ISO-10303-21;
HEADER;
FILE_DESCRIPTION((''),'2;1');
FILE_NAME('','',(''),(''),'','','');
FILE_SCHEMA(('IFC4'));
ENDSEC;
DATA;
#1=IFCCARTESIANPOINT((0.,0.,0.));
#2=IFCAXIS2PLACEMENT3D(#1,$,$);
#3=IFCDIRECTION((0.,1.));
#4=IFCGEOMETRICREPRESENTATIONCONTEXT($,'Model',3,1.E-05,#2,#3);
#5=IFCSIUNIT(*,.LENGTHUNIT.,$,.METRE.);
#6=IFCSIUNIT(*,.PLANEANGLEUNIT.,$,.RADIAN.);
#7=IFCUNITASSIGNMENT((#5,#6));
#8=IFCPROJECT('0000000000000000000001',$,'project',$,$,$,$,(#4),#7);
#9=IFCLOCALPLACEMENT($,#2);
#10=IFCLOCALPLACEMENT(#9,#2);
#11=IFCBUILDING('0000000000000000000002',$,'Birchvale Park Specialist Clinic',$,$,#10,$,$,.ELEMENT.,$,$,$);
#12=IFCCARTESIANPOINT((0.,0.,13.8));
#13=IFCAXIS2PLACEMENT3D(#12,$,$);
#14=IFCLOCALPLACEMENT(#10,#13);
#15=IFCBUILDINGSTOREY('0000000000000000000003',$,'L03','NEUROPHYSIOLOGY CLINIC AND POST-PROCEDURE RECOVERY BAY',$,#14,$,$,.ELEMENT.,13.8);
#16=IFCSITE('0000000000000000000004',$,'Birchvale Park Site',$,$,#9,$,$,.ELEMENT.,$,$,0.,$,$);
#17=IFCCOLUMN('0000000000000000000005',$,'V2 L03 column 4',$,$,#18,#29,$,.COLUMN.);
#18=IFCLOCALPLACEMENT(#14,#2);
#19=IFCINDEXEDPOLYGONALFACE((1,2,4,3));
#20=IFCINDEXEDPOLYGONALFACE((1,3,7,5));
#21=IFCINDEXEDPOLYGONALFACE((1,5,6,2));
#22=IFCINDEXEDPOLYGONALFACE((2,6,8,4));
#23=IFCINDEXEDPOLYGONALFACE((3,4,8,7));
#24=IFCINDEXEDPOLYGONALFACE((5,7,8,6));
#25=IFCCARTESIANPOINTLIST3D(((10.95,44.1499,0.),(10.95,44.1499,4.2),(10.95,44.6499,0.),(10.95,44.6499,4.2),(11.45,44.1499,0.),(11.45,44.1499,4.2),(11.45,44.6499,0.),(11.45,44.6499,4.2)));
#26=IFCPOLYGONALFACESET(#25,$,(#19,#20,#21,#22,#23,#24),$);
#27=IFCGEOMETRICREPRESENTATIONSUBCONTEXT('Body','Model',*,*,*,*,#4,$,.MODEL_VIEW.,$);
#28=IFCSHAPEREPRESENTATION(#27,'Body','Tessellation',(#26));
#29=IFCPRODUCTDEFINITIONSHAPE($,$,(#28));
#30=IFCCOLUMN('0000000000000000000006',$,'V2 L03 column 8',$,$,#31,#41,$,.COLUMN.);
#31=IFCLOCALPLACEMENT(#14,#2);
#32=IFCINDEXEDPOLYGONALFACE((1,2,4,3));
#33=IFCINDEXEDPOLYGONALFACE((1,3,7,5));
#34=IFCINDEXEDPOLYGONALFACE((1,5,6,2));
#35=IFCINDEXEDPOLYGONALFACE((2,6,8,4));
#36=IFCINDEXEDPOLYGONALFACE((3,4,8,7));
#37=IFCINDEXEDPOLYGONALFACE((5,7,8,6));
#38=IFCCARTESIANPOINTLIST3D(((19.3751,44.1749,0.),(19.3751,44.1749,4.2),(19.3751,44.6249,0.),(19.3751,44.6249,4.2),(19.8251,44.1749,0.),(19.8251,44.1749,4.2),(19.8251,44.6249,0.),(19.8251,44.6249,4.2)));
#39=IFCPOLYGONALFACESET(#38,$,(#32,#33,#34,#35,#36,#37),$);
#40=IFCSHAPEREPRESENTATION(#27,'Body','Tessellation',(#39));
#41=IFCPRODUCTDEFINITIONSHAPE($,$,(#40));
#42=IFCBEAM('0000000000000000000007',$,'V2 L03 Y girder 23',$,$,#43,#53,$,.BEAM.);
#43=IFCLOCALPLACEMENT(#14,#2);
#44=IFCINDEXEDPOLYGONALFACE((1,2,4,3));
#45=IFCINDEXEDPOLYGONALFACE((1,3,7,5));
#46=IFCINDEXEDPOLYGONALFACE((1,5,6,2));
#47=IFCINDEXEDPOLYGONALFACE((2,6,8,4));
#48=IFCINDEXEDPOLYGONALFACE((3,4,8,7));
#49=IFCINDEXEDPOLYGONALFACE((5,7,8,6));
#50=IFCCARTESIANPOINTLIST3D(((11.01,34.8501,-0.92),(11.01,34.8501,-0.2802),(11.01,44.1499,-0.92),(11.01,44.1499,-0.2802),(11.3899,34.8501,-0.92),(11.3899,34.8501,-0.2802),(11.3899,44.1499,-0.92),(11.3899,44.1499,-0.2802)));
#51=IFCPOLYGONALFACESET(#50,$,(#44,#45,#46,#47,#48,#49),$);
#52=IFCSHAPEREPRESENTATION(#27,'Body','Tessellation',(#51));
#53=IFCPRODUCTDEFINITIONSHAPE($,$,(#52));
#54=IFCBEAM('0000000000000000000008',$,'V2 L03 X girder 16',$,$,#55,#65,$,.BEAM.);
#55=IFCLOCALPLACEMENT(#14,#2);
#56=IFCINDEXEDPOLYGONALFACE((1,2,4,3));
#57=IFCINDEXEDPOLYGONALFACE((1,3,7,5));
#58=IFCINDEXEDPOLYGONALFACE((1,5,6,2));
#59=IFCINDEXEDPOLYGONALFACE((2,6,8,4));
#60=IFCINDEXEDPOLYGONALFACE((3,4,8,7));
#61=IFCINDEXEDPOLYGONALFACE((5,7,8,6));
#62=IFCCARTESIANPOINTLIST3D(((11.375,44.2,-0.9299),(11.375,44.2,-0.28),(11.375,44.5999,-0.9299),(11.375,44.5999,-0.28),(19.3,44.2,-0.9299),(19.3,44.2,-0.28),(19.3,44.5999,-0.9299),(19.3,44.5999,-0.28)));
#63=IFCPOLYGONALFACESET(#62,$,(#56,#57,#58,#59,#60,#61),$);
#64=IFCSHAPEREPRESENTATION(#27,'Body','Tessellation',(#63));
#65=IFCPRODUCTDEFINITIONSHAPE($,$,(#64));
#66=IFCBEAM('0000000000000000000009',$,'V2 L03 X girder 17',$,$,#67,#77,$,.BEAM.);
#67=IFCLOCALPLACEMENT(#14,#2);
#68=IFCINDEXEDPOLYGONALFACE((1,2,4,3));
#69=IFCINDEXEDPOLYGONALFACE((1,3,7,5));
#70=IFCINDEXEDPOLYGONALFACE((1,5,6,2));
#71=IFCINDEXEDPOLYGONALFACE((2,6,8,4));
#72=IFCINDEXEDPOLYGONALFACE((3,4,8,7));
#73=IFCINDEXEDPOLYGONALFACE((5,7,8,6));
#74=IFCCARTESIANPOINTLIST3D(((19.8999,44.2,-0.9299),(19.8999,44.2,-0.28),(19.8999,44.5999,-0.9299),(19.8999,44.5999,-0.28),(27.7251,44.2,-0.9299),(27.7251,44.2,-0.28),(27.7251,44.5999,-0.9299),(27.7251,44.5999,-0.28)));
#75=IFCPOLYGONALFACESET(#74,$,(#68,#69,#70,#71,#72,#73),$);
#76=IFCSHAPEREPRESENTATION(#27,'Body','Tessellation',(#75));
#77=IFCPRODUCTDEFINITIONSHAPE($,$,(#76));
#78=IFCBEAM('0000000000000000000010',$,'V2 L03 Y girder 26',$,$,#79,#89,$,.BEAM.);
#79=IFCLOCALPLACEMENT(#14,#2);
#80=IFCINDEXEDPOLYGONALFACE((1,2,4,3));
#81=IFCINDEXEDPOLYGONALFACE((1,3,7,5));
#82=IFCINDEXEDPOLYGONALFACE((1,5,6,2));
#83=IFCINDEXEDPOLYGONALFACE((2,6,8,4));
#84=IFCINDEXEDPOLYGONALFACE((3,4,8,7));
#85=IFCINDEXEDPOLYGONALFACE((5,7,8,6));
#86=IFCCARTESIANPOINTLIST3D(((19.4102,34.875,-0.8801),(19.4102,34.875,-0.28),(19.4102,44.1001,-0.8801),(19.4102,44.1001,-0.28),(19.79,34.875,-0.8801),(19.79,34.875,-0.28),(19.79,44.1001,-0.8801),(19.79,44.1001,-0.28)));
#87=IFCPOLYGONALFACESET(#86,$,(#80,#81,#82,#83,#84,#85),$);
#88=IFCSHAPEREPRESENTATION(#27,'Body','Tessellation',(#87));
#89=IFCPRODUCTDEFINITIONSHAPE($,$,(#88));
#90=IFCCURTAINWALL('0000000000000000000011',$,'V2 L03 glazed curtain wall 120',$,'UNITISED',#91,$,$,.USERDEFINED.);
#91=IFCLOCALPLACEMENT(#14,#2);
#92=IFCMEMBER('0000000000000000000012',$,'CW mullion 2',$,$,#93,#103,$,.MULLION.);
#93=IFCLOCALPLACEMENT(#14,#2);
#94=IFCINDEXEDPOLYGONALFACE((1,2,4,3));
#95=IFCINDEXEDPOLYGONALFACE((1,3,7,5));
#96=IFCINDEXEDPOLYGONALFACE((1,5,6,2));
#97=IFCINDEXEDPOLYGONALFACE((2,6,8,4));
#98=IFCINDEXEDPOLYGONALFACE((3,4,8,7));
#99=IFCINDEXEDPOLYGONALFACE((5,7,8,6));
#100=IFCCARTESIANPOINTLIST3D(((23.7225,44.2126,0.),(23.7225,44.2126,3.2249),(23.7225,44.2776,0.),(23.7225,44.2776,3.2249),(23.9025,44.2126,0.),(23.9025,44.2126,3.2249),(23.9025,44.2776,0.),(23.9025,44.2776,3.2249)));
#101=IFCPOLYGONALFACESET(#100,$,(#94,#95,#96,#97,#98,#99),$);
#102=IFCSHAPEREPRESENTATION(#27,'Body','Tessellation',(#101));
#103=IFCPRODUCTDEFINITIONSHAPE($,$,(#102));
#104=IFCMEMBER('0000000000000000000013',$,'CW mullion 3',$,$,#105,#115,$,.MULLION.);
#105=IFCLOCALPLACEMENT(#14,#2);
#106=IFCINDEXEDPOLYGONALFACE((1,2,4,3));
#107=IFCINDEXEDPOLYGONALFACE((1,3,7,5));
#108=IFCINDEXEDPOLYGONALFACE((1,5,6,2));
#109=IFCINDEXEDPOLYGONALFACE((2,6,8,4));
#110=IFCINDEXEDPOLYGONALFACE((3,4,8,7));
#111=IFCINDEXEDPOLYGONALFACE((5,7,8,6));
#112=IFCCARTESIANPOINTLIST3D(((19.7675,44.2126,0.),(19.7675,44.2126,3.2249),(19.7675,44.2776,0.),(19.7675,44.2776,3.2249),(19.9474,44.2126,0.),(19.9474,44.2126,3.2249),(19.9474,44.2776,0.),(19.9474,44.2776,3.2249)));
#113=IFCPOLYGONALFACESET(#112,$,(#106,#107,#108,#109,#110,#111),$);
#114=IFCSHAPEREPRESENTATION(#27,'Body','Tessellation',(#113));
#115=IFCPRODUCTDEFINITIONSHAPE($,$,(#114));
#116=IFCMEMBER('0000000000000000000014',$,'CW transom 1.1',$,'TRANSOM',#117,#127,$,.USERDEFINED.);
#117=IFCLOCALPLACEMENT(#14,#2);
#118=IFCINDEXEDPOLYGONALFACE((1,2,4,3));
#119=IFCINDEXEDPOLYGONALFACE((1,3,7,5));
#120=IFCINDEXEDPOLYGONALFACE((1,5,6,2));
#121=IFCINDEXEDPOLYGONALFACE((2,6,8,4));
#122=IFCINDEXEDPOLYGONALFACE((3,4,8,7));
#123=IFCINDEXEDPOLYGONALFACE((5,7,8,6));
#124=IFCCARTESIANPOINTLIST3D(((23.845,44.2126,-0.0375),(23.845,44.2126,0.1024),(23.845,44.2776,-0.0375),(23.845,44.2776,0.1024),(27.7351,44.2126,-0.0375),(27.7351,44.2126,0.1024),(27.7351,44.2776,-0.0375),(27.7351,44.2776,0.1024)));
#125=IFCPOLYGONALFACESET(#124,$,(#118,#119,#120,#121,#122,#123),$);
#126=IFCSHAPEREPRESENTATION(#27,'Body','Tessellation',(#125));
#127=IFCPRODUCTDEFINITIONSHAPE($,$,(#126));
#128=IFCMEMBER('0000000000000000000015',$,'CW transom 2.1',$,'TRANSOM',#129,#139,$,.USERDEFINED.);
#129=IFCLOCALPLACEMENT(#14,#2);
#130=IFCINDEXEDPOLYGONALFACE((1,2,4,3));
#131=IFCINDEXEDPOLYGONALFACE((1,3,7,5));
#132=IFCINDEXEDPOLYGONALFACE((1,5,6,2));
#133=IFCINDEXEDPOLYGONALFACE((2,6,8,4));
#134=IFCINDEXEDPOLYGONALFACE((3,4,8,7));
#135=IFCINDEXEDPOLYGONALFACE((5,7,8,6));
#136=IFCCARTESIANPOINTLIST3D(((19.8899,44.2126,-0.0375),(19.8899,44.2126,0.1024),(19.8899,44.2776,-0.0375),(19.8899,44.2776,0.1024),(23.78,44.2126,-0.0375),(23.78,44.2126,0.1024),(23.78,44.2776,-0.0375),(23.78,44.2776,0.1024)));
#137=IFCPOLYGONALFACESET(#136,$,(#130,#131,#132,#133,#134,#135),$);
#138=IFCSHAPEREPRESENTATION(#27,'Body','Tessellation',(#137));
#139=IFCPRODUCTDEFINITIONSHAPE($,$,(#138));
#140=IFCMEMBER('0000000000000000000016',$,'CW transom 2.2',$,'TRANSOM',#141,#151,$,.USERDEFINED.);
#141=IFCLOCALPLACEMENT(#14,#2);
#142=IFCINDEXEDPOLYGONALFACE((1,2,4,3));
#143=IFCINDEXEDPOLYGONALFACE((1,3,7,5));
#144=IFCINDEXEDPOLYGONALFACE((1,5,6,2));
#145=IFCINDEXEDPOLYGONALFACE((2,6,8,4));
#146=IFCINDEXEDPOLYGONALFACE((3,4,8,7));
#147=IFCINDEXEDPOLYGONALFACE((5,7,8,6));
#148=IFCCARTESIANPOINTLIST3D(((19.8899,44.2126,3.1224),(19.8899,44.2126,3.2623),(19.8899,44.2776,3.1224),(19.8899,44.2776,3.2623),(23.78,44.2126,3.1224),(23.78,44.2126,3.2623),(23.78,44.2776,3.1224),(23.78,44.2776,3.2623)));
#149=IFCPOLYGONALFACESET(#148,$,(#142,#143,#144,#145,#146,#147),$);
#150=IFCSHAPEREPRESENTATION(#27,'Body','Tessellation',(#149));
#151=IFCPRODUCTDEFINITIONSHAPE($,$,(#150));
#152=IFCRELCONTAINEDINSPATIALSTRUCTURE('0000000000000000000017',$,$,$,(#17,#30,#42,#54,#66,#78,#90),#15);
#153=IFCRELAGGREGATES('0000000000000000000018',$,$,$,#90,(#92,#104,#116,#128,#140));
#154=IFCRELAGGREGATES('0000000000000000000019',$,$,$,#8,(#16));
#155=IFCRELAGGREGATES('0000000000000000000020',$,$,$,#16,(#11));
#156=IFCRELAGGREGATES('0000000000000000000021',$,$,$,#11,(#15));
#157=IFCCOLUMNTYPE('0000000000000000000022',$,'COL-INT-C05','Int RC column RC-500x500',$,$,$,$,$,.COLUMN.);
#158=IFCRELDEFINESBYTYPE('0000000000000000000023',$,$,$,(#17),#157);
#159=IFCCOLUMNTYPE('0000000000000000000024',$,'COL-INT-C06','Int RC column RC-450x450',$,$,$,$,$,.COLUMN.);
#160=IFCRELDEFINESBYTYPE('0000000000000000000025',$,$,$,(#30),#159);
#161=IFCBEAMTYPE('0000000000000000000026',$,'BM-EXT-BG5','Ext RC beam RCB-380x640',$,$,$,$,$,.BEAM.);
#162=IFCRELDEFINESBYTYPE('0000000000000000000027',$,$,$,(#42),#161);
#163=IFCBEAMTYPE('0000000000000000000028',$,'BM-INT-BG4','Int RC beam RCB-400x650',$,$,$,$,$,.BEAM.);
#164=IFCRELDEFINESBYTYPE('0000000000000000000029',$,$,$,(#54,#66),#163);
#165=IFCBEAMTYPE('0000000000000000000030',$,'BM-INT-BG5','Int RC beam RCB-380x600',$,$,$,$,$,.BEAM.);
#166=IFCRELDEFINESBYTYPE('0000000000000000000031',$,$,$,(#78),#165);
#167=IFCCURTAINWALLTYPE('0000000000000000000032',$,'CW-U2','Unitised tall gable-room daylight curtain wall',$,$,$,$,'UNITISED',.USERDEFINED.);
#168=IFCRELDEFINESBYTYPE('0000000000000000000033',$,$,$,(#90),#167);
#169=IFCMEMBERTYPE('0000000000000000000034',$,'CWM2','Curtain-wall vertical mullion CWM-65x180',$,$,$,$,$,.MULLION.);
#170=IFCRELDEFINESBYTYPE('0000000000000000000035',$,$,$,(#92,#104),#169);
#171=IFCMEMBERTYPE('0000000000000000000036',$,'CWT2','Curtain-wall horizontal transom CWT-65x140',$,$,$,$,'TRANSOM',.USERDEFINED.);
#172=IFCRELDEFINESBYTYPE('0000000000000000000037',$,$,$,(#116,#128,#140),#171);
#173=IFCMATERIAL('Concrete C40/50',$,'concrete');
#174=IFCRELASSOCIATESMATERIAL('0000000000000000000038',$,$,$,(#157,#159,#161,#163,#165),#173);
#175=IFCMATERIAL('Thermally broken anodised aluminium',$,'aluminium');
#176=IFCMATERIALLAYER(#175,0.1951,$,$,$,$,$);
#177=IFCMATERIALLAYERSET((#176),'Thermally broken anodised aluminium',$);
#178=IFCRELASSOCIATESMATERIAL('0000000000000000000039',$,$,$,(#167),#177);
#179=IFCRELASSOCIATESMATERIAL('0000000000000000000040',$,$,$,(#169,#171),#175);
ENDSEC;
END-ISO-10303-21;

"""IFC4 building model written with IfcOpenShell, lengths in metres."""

from ifc_helpers import new_model, si_unit, direction, frame, origin, origin_2d, place, context, subcontext, project, spatial, rectangle, extrude, material, layer, layer_set, material_profile, profile_set, type_object, element, aggregate, save


model = new_model("IFC4")

# Units and contexts
model_context = context("Model", 3, precision=1e-05, world=origin(), true_north=direction((0.0, 1.0)))
body_context = subcontext(model_context, "Body", "Model", "MODEL_VIEW")
ifc_project = project(units=[si_unit("LENGTHUNIT", "METRE"), si_unit("PLANEANGLEUNIT", "RADIAN")], contexts=[model_context])

# Site, building, storey
site_placement = place(None, origin())
site = spatial("IfcSite", under=ifc_project, at=site_placement, Name="Birchvale Park Site", CompositionType="ELEMENT", RefElevation=0.0)
building_placement = place(site_placement, origin())
building = spatial("IfcBuilding", under=site, at=building_placement, Name="Birchvale Park Specialist Clinic", CompositionType="ELEMENT")
storey_placement = place(building_placement, frame((0.0, 0.0, 13.8)))
storey = spatial("IfcBuildingStorey", under=building, at=storey_placement, Name="L03", Description="NEUROPHYSIOLOGY CLINIC AND POST-PROCEDURE RECOVERY BAY", CompositionType="ELEMENT", Elevation=13.8)

# Columns
ifc_material_1 = material(Name="Concrete C40/50", Category="concrete")
ifc_material_profile_1 = material_profile(ifc_material_1, rectangle(XDim=0.5, YDim=0.5, at=origin_2d()), Name="RC-500x500")
ifc_profile_set_1 = profile_set([ifc_material_profile_1], Name="Concrete C40/50")
column_type_1 = type_object("IfcColumnType", Name="COL-INT-C05", Description="Int RC column RC-500x500", PredefinedType="COLUMN", material=ifc_profile_set_1)
column_1_placement = place(storey_placement, frame((11.2, 44.3999, 0.0), z_axis=(0.0, 0.0, 1.0), x_axis=(1.0, 0.0, 0.0)))
element("IfcColumn", 1, at=column_1_placement, inside=storey, type_object=column_type_1, Name="V2 L03 column 4", PredefinedType="COLUMN", context=body_context, shape_type="SweptSolid", body=[
    extrude(rectangle(XDim=0.5, YDim=0.5, at=origin_2d()), origin(), (0.0, 0.0, 1.0), 4.2),
])
ifc_material_profile_2 = material_profile(ifc_material_1, rectangle(XDim=0.45, YDim=0.45, at=origin_2d()), Name="RC-450x450")
ifc_profile_set_2 = profile_set([ifc_material_profile_2], Name="Concrete C40/50")
column_type_2 = type_object("IfcColumnType", Name="COL-INT-C06", Description="Int RC column RC-450x450", PredefinedType="COLUMN", material=ifc_profile_set_2)
column_2_placement = place(storey_placement, frame((19.6001, 44.3999, 0.0), z_axis=(0.0, 0.0, 1.0), x_axis=(1.0, 0.0, 0.0)))
element("IfcColumn", 2, at=column_2_placement, inside=storey, type_object=column_type_2, Name="V2 L03 column 8", PredefinedType="COLUMN", context=body_context, shape_type="SweptSolid", body=[
    extrude(rectangle(XDim=0.45, YDim=0.45, at=origin_2d()), origin(), (0.0, 0.0, 1.0), 4.2),
])

# Beams
ifc_material_profile_3 = material_profile(ifc_material_1, rectangle(XDim=0.3799, YDim=0.6399, at=origin_2d()), Name="RCB-380x640")
ifc_profile_set_3 = profile_set([ifc_material_profile_3], Name="Concrete C40/50")
beam_type_1 = type_object("IfcBeamType", Name="BM-EXT-BG5", Description="Ext RC beam RCB-380x640", PredefinedType="BEAM", material=ifc_profile_set_3)
beam_1_placement = place(storey_placement, frame((11.2, 34.8501, -0.6001), z_axis=(0.0, 1.0, 0.0), x_axis=(-1.0, 0.0, 0.0)))
element("IfcBeam", 3, at=beam_1_placement, inside=storey, type_object=beam_type_1, Name="V2 L03 Y girder 23", PredefinedType="BEAM", context=body_context, shape_type="SweptSolid", body=[
    extrude(rectangle(XDim=0.3799, YDim=0.6399, at=origin_2d()), origin(), (0.0, 0.0, 1.0), 9.2998),
])
ifc_material_profile_4 = material_profile(ifc_material_1, rectangle(XDim=0.3999, YDim=0.6499, at=origin_2d()), Name="RCB-400x650")
ifc_profile_set_4 = profile_set([ifc_material_profile_4], Name="Concrete C40/50")
beam_type_2 = type_object("IfcBeamType", Name="BM-INT-BG4", Description="Int RC beam RCB-400x650", PredefinedType="BEAM", material=ifc_profile_set_4)
beam_2_placement = place(storey_placement, frame((11.375, 44.3999, -0.605), z_axis=(1.0, 0.0, 0.0), x_axis=(0.0, 1.0, 0.0)))
element("IfcBeam", 4, at=beam_2_placement, inside=storey, type_object=beam_type_2, Name="V2 L03 X girder 16", PredefinedType="BEAM", context=body_context, shape_type="SweptSolid", body=[
    extrude(rectangle(XDim=0.3999, YDim=0.6499, at=origin_2d()), origin(), (0.0, 0.0, 1.0), 7.925),
])
beam_3_placement = place(storey_placement, frame((19.8999, 44.3999, -0.605), z_axis=(1.0, 0.0, 0.0), x_axis=(0.0, 1.0, 0.0)))
element("IfcBeam", 5, at=beam_3_placement, inside=storey, type_object=beam_type_2, Name="V2 L03 X girder 17", PredefinedType="BEAM", context=body_context, shape_type="SweptSolid", body=[
    extrude(rectangle(XDim=0.3999, YDim=0.6499, at=origin_2d()), origin(), (0.0, 0.0, 1.0), 7.8252),
])
ifc_material_profile_5 = material_profile(ifc_material_1, rectangle(XDim=0.3799, YDim=0.6001, at=origin_2d()), Name="RCB-380x600")
ifc_profile_set_5 = profile_set([ifc_material_profile_5], Name="Concrete C40/50")
beam_type_3 = type_object("IfcBeamType", Name="BM-INT-BG5", Description="Int RC beam RCB-380x600", PredefinedType="BEAM", material=ifc_profile_set_5)
beam_4_placement = place(storey_placement, frame((19.6001, 34.875, -0.5801), z_axis=(0.0, 1.0, 0.0), x_axis=(-1.0, 0.0, 0.0)))
element("IfcBeam", 6, at=beam_4_placement, inside=storey, type_object=beam_type_3, Name="V2 L03 Y girder 26", PredefinedType="BEAM", context=body_context, shape_type="SweptSolid", body=[
    extrude(rectangle(XDim=0.3799, YDim=0.6001, at=origin_2d()), origin(), (0.0, 0.0, 1.0), 9.2251),
])

# Curtain wall, members
ifc_material_2 = material(Name="Thermally broken anodised aluminium", Category="aluminium")
ifc_layer_1 = layer(ifc_material_2, 0.1951)
ifc_layer_set_1 = layer_set([ifc_layer_1], Name="Thermally broken anodised aluminium")
curtain_wall_type = type_object("IfcCurtainWallType", Name="CW-U2", Description="Unitised tall gable-room daylight curtain wall", ElementType="UNITISED", PredefinedType="USERDEFINED", material=ifc_layer_set_1)
curtain_wall_placement = place(storey_placement, origin())
curtain_wall = element("IfcCurtainWall", 7, at=curtain_wall_placement, inside=storey, type_object=curtain_wall_type, Name="V2 L03 glazed curtain wall 120", ObjectType="UNITISED", PredefinedType="USERDEFINED")
ifc_material_profile_6 = material_profile(ifc_material_2, rectangle(XDim=0.0649, YDim=0.1799, at=origin_2d()), Name="CWM-65x180")
ifc_profile_set_6 = profile_set([ifc_material_profile_6], Name="Thermally broken anodised aluminium")
member_type_1 = type_object("IfcMemberType", Name="CWM2", Description="Curtain-wall vertical mullion CWM-65x180", PredefinedType="MULLION", material=ifc_profile_set_6)
member_1_placement = place(storey_placement, frame((23.8125, 44.2451, 0.0), z_axis=(0.0, 0.0, 1.0), x_axis=(0.0, -1.0, 0.0)))
member_1 = element("IfcMember", 8, at=member_1_placement, type_object=member_type_1, Name="CW mullion 2", PredefinedType="MULLION", context=body_context, shape_type="SweptSolid", body=[
    extrude(rectangle(XDim=0.0649, YDim=0.1799, at=origin_2d()), origin(), (0.0, 0.0, 1.0), 3.2249),
])
member_2_placement = place(storey_placement, frame((19.8574, 44.2451, 0.0), z_axis=(0.0, 0.0, 1.0), x_axis=(0.0, -1.0, 0.0)))
member_2 = element("IfcMember", 9, at=member_2_placement, type_object=member_type_1, Name="CW mullion 3", PredefinedType="MULLION", context=body_context, shape_type="SweptSolid", body=[
    extrude(rectangle(XDim=0.0649, YDim=0.1799, at=origin_2d()), origin(), (0.0, 0.0, 1.0), 3.2249),
])
ifc_material_profile_7 = material_profile(ifc_material_2, rectangle(XDim=0.0649, YDim=0.1399, at=origin_2d()), Name="CWT-65x140")
ifc_profile_set_7 = profile_set([ifc_material_profile_7], Name="Thermally broken anodised aluminium")
member_type_2 = type_object("IfcMemberType", Name="CWT2", Description="Curtain-wall horizontal transom CWT-65x140", ElementType="TRANSOM", PredefinedType="USERDEFINED", material=ifc_profile_set_7)
member_3_placement = place(storey_placement, frame((27.7351, 44.2451, 0.0325), z_axis=(-1.0, 0.0, 0.0), x_axis=(0.0, -1.0, 0.0)))
member_3 = element("IfcMember", 10, at=member_3_placement, type_object=member_type_2, Name="CW transom 1.1", ObjectType="TRANSOM", PredefinedType="USERDEFINED", context=body_context, shape_type="SweptSolid", body=[
    extrude(rectangle(XDim=0.0649, YDim=0.1399, at=origin_2d()), origin(), (0.0, 0.0, 1.0), 3.8901),
])
member_4_placement = place(storey_placement, frame((23.78, 44.2451, 0.0325), z_axis=(-1.0, 0.0, 0.0), x_axis=(0.0, -1.0, 0.0)))
member_4 = element("IfcMember", 11, at=member_4_placement, type_object=member_type_2, Name="CW transom 2.1", ObjectType="TRANSOM", PredefinedType="USERDEFINED", context=body_context, shape_type="SweptSolid", body=[
    extrude(rectangle(XDim=0.0649, YDim=0.1399, at=origin_2d()), origin(), (0.0, 0.0, 1.0), 3.8901),
])
member_5_placement = place(storey_placement, frame((23.78, 44.2451, 3.1924), z_axis=(-1.0, 0.0, 0.0), x_axis=(0.0, -1.0, 0.0)))
member_5 = element("IfcMember", 12, at=member_5_placement, type_object=member_type_2, Name="CW transom 2.2", ObjectType="TRANSOM", PredefinedType="USERDEFINED", context=body_context, shape_type="SweptSolid", body=[
    extrude(rectangle(XDim=0.0649, YDim=0.1399, at=origin_2d()), origin(), (0.0, 0.0, 1.0), 3.8901),
])

aggregate(curtain_wall, [member_1, member_2, member_3, member_4, member_5])

save(model, "model.ifc")
